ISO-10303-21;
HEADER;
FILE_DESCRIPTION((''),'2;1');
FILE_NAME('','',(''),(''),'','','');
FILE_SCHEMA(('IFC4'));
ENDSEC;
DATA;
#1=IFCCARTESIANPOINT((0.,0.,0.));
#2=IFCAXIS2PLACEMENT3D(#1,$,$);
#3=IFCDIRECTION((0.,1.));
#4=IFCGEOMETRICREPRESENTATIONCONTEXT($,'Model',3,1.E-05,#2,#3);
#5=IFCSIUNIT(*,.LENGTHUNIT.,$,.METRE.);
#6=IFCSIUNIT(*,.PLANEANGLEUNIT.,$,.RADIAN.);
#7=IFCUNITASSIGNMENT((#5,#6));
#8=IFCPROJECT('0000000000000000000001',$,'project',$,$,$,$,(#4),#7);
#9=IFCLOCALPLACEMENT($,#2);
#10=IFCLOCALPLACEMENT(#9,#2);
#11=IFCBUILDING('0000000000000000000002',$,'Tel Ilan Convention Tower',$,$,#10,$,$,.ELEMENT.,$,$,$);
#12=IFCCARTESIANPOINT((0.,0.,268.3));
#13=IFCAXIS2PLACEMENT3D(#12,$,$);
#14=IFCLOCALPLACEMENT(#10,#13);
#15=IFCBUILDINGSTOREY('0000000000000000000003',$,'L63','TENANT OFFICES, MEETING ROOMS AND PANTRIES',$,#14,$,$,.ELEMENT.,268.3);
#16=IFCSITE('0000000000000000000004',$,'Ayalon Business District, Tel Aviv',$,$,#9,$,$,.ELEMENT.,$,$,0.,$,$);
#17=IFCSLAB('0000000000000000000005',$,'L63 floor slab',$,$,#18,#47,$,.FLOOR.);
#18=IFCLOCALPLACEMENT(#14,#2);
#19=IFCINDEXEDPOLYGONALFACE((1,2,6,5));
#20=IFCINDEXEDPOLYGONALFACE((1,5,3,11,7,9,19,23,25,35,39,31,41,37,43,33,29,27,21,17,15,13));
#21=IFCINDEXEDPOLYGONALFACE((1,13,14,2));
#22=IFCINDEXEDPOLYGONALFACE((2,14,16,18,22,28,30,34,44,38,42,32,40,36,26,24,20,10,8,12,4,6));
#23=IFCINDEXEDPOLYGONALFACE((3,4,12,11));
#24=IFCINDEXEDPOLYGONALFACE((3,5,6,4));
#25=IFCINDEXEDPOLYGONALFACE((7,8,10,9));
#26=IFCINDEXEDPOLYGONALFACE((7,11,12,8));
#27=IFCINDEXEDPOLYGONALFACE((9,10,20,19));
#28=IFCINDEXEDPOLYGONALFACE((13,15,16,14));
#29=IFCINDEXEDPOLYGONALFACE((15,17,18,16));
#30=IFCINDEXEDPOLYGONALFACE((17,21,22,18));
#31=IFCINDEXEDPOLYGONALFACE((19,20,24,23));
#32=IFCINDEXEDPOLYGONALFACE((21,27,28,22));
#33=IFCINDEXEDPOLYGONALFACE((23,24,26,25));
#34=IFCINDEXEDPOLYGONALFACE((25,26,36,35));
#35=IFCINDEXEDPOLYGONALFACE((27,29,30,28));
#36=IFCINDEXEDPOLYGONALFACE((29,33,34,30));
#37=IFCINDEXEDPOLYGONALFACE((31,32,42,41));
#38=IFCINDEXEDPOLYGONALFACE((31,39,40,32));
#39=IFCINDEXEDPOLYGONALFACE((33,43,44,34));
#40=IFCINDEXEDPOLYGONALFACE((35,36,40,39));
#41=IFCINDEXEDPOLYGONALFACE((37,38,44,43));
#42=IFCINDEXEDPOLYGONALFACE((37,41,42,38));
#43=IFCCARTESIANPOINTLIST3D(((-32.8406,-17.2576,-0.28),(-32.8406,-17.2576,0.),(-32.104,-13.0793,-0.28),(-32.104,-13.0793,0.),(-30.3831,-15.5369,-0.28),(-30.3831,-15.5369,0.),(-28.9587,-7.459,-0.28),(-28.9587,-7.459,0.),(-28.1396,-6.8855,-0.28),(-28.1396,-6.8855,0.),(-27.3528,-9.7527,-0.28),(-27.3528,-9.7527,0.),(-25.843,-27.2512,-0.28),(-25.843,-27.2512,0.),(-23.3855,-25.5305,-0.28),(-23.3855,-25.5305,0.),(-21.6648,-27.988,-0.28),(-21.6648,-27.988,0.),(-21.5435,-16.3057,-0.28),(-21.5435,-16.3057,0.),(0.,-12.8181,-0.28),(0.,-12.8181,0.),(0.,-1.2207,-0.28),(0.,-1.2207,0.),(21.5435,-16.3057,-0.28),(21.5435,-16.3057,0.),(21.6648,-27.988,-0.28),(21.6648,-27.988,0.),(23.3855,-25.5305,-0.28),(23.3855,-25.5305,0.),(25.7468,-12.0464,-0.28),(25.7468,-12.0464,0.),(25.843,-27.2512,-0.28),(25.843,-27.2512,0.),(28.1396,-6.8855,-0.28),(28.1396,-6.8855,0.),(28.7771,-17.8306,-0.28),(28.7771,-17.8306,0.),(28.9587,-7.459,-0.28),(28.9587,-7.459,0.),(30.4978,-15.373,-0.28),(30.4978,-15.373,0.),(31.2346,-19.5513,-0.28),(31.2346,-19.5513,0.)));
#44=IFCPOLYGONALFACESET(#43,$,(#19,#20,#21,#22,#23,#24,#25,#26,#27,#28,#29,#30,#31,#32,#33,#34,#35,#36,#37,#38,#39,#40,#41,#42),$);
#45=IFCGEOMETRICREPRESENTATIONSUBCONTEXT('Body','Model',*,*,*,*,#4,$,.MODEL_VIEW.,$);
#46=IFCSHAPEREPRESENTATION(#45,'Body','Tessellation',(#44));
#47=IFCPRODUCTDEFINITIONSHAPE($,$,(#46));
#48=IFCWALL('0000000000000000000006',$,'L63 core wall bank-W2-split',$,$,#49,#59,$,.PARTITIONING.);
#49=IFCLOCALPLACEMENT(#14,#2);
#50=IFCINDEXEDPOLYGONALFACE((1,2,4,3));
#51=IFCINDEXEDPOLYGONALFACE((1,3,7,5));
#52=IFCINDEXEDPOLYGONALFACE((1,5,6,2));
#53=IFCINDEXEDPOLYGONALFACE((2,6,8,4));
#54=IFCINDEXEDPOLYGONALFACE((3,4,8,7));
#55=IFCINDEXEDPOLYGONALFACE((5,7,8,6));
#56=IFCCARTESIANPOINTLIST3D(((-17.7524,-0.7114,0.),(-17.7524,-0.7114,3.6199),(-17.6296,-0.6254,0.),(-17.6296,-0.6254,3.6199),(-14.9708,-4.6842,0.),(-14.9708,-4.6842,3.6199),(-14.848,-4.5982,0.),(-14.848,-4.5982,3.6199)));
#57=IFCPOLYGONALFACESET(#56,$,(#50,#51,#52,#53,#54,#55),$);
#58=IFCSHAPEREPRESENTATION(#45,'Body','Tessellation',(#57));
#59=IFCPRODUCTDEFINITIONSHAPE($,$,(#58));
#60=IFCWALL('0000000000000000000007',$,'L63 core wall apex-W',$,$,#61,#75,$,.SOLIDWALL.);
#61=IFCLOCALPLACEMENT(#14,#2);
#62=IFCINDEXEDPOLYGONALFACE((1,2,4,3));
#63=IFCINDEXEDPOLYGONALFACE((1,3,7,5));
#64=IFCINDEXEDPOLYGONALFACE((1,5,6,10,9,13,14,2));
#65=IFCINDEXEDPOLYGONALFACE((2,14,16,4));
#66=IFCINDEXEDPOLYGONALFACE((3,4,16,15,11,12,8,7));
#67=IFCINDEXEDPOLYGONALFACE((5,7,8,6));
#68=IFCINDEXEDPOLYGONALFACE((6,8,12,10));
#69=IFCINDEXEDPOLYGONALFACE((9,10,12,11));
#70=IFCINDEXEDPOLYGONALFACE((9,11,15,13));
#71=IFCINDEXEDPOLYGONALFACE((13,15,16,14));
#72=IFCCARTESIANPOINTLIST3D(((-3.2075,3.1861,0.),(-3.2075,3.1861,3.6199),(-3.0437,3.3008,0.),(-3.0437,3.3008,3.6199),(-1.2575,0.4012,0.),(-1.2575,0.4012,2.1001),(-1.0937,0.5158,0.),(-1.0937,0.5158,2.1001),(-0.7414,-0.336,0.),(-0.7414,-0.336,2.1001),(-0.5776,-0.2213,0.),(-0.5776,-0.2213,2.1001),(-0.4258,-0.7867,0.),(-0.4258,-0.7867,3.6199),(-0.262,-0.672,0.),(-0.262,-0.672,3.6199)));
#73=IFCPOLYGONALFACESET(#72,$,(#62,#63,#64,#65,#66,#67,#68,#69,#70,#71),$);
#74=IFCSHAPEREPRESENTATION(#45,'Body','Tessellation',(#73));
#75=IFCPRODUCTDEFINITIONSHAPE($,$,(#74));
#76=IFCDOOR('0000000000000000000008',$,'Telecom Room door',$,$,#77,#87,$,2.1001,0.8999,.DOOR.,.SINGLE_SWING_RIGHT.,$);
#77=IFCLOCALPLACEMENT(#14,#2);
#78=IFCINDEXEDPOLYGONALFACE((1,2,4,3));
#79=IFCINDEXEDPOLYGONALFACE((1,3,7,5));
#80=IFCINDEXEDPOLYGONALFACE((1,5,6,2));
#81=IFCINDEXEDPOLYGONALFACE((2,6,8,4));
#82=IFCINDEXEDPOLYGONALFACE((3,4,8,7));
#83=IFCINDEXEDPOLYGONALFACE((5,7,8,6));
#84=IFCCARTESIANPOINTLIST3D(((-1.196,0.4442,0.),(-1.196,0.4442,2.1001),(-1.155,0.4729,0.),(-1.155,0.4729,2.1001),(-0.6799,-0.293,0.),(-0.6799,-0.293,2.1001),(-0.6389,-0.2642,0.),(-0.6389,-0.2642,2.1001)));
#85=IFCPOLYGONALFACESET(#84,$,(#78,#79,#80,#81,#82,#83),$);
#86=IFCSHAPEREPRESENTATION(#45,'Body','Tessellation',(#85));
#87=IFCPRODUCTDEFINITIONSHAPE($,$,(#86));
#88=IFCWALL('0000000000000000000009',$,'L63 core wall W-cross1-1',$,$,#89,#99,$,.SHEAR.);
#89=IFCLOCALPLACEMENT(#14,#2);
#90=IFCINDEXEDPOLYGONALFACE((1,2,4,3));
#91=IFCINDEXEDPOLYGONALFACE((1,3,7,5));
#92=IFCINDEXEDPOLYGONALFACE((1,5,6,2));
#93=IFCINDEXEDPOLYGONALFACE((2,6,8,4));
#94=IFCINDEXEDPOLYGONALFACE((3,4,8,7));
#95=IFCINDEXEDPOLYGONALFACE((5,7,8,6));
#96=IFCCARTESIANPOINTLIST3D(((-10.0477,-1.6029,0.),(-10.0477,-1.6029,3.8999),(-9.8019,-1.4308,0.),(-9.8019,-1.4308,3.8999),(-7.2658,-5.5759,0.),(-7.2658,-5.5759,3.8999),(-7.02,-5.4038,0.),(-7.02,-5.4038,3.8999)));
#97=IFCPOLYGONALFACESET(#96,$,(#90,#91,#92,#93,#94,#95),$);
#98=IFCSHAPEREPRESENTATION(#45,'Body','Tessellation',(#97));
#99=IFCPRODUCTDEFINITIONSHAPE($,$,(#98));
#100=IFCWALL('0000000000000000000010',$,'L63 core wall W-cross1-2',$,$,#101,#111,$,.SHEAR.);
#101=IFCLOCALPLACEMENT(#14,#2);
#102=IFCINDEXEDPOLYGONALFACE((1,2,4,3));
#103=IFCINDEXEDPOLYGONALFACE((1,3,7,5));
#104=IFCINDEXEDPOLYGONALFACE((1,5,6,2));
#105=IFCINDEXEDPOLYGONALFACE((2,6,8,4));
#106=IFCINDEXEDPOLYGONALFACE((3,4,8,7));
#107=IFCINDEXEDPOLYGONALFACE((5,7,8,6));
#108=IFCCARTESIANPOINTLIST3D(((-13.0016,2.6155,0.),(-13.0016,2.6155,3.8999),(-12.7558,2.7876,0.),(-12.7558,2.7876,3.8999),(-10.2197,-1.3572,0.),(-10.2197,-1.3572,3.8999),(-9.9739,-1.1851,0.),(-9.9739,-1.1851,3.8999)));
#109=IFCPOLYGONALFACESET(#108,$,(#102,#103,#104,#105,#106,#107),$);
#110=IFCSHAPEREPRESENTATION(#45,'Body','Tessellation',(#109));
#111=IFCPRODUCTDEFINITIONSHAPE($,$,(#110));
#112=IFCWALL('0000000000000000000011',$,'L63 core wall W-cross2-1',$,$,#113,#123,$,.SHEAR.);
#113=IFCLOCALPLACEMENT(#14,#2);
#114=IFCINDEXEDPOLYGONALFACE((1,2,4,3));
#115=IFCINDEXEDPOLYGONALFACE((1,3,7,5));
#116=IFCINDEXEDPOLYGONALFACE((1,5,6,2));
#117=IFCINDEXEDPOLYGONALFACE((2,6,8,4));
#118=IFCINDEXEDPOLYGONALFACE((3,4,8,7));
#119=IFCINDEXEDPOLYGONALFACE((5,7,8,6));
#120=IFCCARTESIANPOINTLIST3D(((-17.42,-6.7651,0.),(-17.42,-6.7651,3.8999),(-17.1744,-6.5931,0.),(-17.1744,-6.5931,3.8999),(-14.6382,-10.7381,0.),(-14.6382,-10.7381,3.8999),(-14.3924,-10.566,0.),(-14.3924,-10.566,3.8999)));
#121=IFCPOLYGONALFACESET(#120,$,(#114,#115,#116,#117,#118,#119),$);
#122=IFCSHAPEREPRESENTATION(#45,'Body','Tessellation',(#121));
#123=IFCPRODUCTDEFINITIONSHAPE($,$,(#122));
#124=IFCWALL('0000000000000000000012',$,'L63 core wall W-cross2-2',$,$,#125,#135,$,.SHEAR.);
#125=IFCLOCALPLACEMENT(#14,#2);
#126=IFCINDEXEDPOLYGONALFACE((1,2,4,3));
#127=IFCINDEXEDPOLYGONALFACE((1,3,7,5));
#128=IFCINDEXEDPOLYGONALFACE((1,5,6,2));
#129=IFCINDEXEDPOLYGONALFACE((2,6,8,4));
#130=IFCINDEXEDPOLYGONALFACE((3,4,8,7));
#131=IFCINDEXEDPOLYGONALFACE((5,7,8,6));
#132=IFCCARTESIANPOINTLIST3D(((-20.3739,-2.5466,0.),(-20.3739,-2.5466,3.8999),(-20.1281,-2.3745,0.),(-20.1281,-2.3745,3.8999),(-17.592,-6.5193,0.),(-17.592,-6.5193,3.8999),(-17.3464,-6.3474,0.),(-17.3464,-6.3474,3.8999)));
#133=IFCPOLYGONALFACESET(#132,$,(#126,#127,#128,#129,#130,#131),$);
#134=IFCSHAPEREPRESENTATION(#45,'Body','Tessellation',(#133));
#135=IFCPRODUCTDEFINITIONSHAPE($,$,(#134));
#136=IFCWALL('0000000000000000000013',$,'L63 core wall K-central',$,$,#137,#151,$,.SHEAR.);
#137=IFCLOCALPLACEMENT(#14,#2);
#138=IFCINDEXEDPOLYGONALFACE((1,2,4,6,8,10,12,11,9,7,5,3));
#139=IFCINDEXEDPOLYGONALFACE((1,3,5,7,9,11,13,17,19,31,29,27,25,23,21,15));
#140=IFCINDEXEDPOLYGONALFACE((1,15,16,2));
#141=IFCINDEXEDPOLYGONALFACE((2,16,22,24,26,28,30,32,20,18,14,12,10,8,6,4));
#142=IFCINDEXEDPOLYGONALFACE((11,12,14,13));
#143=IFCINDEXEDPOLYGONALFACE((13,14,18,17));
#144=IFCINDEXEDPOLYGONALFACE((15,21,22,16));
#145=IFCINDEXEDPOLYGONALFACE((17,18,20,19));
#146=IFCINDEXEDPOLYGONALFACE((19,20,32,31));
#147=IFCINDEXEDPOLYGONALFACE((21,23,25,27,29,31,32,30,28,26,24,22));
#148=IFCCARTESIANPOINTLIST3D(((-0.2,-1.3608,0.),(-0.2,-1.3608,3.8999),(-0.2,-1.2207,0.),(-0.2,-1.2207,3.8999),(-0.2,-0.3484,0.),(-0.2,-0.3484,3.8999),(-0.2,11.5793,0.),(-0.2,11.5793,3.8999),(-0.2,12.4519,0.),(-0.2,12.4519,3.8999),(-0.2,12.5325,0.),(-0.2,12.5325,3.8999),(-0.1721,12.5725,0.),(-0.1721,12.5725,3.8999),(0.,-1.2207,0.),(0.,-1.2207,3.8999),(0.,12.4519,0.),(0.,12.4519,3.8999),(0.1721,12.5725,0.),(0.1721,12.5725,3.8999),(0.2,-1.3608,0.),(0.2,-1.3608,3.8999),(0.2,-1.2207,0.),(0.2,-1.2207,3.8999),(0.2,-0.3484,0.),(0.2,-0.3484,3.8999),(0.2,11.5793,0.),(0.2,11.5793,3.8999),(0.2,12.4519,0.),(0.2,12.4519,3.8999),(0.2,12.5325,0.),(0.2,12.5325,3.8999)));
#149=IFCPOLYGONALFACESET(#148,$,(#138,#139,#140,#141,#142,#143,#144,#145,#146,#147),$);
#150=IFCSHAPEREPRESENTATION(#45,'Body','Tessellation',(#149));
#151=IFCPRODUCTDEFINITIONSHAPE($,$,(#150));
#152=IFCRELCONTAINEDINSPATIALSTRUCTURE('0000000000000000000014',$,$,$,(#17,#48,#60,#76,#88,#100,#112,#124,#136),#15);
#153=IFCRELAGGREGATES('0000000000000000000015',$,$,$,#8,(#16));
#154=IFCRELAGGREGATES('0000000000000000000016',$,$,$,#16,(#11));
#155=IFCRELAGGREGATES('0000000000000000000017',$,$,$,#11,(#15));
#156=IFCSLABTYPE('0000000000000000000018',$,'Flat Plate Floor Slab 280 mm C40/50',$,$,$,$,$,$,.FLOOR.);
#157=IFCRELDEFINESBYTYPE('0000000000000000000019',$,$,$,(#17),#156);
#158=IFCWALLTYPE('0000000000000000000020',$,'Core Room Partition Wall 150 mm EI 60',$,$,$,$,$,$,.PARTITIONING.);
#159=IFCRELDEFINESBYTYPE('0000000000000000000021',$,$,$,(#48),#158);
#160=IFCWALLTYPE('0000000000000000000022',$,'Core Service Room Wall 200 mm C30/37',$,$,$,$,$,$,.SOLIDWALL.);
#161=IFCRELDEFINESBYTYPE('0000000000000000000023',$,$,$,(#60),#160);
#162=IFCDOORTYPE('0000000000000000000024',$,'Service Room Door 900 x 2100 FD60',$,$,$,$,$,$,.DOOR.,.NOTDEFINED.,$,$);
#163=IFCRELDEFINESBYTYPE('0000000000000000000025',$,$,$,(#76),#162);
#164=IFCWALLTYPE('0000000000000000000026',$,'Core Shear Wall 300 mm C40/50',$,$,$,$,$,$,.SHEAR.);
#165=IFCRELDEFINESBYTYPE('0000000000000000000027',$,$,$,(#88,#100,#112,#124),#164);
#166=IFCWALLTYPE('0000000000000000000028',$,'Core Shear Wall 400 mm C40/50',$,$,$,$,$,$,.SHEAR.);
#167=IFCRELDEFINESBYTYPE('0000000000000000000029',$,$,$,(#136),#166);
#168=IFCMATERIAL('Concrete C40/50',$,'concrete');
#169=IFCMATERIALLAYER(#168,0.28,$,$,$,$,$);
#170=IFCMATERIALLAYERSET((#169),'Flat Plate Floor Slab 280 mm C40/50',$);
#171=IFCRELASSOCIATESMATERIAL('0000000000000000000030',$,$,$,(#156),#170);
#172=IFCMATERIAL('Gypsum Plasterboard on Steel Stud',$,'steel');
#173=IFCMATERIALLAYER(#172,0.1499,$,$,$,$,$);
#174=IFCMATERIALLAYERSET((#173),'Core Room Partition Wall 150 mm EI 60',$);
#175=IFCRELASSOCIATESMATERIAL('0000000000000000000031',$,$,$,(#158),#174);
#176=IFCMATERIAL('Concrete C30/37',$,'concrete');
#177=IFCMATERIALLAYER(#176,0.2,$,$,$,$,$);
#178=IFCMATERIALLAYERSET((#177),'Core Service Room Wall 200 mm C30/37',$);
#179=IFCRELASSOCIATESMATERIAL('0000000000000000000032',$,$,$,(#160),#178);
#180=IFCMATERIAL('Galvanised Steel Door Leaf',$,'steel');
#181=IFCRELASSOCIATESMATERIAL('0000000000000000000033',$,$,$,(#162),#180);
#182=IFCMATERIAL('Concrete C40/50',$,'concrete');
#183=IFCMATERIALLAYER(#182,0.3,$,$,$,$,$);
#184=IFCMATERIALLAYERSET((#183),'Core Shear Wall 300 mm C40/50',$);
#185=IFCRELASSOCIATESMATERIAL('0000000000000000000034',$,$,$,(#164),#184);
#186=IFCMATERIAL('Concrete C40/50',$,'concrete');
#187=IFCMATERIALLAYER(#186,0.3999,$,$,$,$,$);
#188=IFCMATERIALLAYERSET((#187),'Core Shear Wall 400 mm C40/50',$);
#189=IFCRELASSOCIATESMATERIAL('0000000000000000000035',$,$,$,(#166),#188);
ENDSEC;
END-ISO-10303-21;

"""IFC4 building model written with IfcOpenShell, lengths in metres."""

from ifc_helpers import new_model, si_unit, direction, frame, frame_2d, origin, place, context, subcontext, project, spatial, polyline, rectangle, outline, extrude, material, layer, layer_set, type_object, element, fill, save


model = new_model("IFC4")

# Units and contexts
model_context = context("Model", 3, precision=1e-05, world=origin(), true_north=direction((0.0, 1.0)))
body_context = subcontext(model_context, "Body", "Model", "MODEL_VIEW")
ifc_project = project(units=[si_unit("LENGTHUNIT", "METRE"), si_unit("PLANEANGLEUNIT", "RADIAN")], contexts=[model_context])

# Site, building, storey
site_placement = place(None, origin())
site = spatial("IfcSite", under=ifc_project, at=site_placement, Name="Ayalon Business District, Tel Aviv", CompositionType="ELEMENT", RefElevation=0.0)
building_placement = place(site_placement, origin())
building = spatial("IfcBuilding", under=site, at=building_placement, Name="Tel Ilan Convention Tower", CompositionType="ELEMENT")
storey_placement = place(building_placement, frame((0.0, 0.0, 268.3)))
storey = spatial("IfcBuildingStorey", under=building, at=storey_placement, Name="L63", Description="TENANT OFFICES, MEETING ROOMS AND PANTRIES", CompositionType="ELEMENT", Elevation=268.3)

# Slab
ifc_material_1 = material(Name="Concrete C40/50", Category="concrete")
ifc_layer_1 = layer(ifc_material_1, 0.28)
ifc_layer_set_1 = layer_set([ifc_layer_1], Name="Flat Plate Floor Slab 280 mm C40/50")
slab_type_1 = type_object("IfcSlabType", Name="Flat Plate Floor Slab 280 mm C40/50", PredefinedType="FLOOR", material=ifc_layer_set_1)
slab_1_placement = place(storey_placement, frame((0.0, 0.0, -0.28)))
element("IfcSlab", 1, at=slab_1_placement, inside=storey, type_object=slab_type_1, Name="L63 floor slab", PredefinedType="FLOOR", context=body_context, shape_type="SweptSolid", body=[
    extrude(outline(polyline([(21.5435, -16.3057), (28.1396, -6.8855), (28.9587, -7.459), (25.7468, -12.0464), (30.4978, -15.373), (28.7771, -17.8306), (31.2346, -19.5513), (25.843, -27.2512), (23.3855, -25.5305), (21.6648, -27.988), (0.0, -12.8181), (-21.6648, -27.988), (-23.3855, -25.5305), (-25.843, -27.2512), (-32.8406, -17.2576), (-30.3831, -15.5369), (-32.104, -13.0793), (-27.3528, -9.7527), (-28.9587, -7.459), (-28.1396, -6.8855), (-21.5435, -16.3057), (0.0, -1.2207), (21.5435, -16.3057)])), origin(), (0.0, 0.0, 1.0), 0.28),
])

# Wall
ifc_material_2 = material(Name="Gypsum Plasterboard on Steel Stud", Category="steel")
ifc_layer_2 = layer(ifc_material_2, 0.1499)
ifc_layer_set_2 = layer_set([ifc_layer_2], Name="Core Room Partition Wall 150 mm EI 60")
wall_type_1 = type_object("IfcWallType", Name="Core Room Partition Wall 150 mm EI 60", PredefinedType="PARTITIONING", material=ifc_layer_set_2)
wall_1_placement = place(storey_placement, frame((-14.9094, -4.6411, 0.0), z_axis=(0.0, 0.0, 1.0), x_axis=(-0.57356, 0.819163, 0.0)))
element("IfcWall", 2, at=wall_1_placement, inside=storey, type_object=wall_type_1, Name="L63 core wall bank-W2-split", PredefinedType="PARTITIONING", context=body_context, shape_type="SweptSolid", body=[
    extrude(rectangle(XDim=4.8499, YDim=0.1499, at=frame_2d((2.4248, 0.0))), origin(), (0.0, 0.0, 1.0), 3.6199),
])

# Wall, opening, door
ifc_material_3 = material(Name="Concrete C30/37", Category="concrete")
ifc_layer_3 = layer(ifc_material_3, 0.2)
ifc_layer_set_3 = layer_set([ifc_layer_3], Name="Core Service Room Wall 200 mm C30/37")
wall_type_2 = type_object("IfcWallType", Name="Core Service Room Wall 200 mm C30/37", PredefinedType="SOLIDWALL", material=ifc_layer_set_3)
wall_2_placement = place(storey_placement, frame((-0.344, -0.7292, 0.0), z_axis=(0.0, 0.0, 1.0), x_axis=(-0.57356, 0.819163, 0.0)))
wall_2 = element("IfcWall", 3, at=wall_2_placement, inside=storey, type_object=wall_type_2, Name="L63 core wall apex-W", PredefinedType="SOLIDWALL", context=body_context, shape_type="SweptSolid", body=[
    extrude(rectangle(XDim=4.8499, YDim=0.2, at=frame_2d((2.4248, 0.0))), origin(), (0.0, 0.0, 1.0), 3.6199),
])
opening_1_placement = place(wall_2_placement, frame((0.55, 0.0, 0.0)))
opening_1 = element("IfcOpeningElement", 4, at=opening_1_placement, cuts=wall_2, PredefinedType="OPENING", context=body_context, shape_type="SweptSolid", body=[
    extrude(rectangle(XDim=0.8999, YDim=2.1001, at=frame_2d((0.45, 1.05))), frame((0.0, 0.1099, 0.0), z_axis=(0.0, -1.0, 0.0), x_axis=(1.0, 0.0, 0.0)), (0.0, 0.0, 1.0), 0.22),
])
ifc_material_4 = material(Name="Galvanised Steel Door Leaf", Category="steel")
door_type_1 = type_object("IfcDoorType", Name="Service Room Door 900 x 2100 FD60", OperationType="NOTDEFINED", PredefinedType="DOOR", material=ifc_material_4)
door_1_placement = place(opening_1_placement, origin())
door_1 = element("IfcDoor", 5, at=door_1_placement, inside=storey, type_object=door_type_1, Name="Telecom Room door", OperationType="SINGLE_SWING_RIGHT", OverallHeight=2.1001, OverallWidth=0.8999, PredefinedType="DOOR", context=body_context, shape_type="SweptSolid", body=[
    extrude(rectangle(XDim=0.8999, YDim=2.1001, at=frame_2d((0.45, 1.05))), frame((0.0, 0.0249, 0.0), z_axis=(0.0, -1.0, 0.0), x_axis=(1.0, 0.0, 0.0)), (0.0, 0.0, 1.0), 0.05),
])
fill(opening_1, door_1)

# Walls
ifc_material_5 = material(Name="Concrete C40/50", Category="concrete")
ifc_layer_4 = layer(ifc_material_5, 0.3)
ifc_layer_set_4 = layer_set([ifc_layer_4], Name="Core Shear Wall 300 mm C40/50")
wall_type_3 = type_object("IfcWallType", Name="Core Shear Wall 300 mm C40/50", PredefinedType="SHEAR", material=ifc_layer_set_4)
wall_3_placement = place(storey_placement, frame((-7.1428, -5.4897, 0.0), z_axis=(0.0, 0.0, 1.0), x_axis=(-0.573618, 0.819123, 0.0)))
element("IfcWall", 6, at=wall_3_placement, inside=storey, type_object=wall_type_3, Name="L63 core wall W-cross1-1", PredefinedType="SHEAR", context=body_context, shape_type="SweptSolid", body=[
    extrude(outline(polyline([(4.8501, 0.1499), (0.0, 0.1501), (0.0, -0.1499), (4.8501, -0.1501), (4.8501, 0.1499)])), origin(), (0.0, 0.0, 1.0), 3.8999),
])
wall_4_placement = place(storey_placement, frame((-10.0969, -1.2712, 0.0), z_axis=(0.0, 0.0, 1.0), x_axis=(-0.57356, 0.819163, 0.0)))
element("IfcWall", 7, at=wall_4_placement, inside=storey, type_object=wall_type_3, Name="L63 core wall W-cross1-2", PredefinedType="SHEAR", context=body_context, shape_type="SweptSolid", body=[
    extrude(outline(polyline([(4.8499, -0.1499), (4.8499, 0.1501), (0.0, 0.1499), (0.0, -0.1501), (4.8499, -0.1499)])), origin(), (0.0, 0.0, 1.0), 3.8999),
])
wall_5_placement = place(storey_placement, frame((-14.5154, -10.6521, 0.0), z_axis=(0.0, 0.0, 1.0), x_axis=(-0.57356, 0.819163, 0.0)))
element("IfcWall", 8, at=wall_5_placement, inside=storey, type_object=wall_type_3, Name="L63 core wall W-cross2-1", PredefinedType="SHEAR", context=body_context, shape_type="SweptSolid", body=[
    extrude(outline(polyline([(4.8501, 0.1499), (0.0, 0.1499), (0.0, -0.1501), (4.8501, -0.1499), (4.8501, 0.1499)])), origin(), (0.0, 0.0, 1.0), 3.8999),
])
wall_6_placement = place(storey_placement, frame((-17.4692, -6.4333, 0.0), z_axis=(0.0, 0.0, 1.0), x_axis=(-0.573594, 0.81914, 0.0)))
element("IfcWall", 9, at=wall_6_placement, inside=storey, type_object=wall_type_3, Name="L63 core wall W-cross2-2", PredefinedType="SHEAR", context=body_context, shape_type="SweptSolid", body=[
    extrude(outline(polyline([(4.8499, -0.1501), (4.8499, 0.1499), (0.0, 0.1499), (0.0, -0.1499), (4.8499, -0.1501)])), origin(), (0.0, 0.0, 1.0), 3.8999),
])
ifc_material_6 = material(Name="Concrete C40/50", Category="concrete")
ifc_layer_5 = layer(ifc_material_6, 0.3999)
ifc_layer_set_5 = layer_set([ifc_layer_5], Name="Core Shear Wall 400 mm C40/50")
wall_type_4 = type_object("IfcWallType", Name="Core Shear Wall 400 mm C40/50", PredefinedType="SHEAR", material=ifc_layer_set_5)
wall_7_placement = place(storey_placement, frame((0.0, -1.3608, 0.0), z_axis=(0.0, 0.0, 1.0), x_axis=(0.0, 1.0, 0.0)))
element("IfcWall", 10, at=wall_7_placement, inside=storey, type_object=wall_type_4, Name="L63 core wall K-central", PredefinedType="SHEAR", context=body_context, shape_type="SweptSolid", body=[
    extrude(outline(polyline([(0.1401, 0.2), (0.0, 0.2), (0.1401, 0.0), (0.0, -0.2), (0.1401, -0.2), (1.0125, -0.2), (12.9402, -0.2), (13.8127, -0.2), (13.8933, -0.2), (13.9333, -0.1721), (13.8127, 0.0), (13.9333, 0.1721), (13.8933, 0.2), (13.8127, 0.2), (12.9402, 0.2), (1.0125, 0.2), (0.1401, 0.2)])), origin(), (0.0, 0.0, 1.0), 3.8999),
])

save(model, "model.ifc")
